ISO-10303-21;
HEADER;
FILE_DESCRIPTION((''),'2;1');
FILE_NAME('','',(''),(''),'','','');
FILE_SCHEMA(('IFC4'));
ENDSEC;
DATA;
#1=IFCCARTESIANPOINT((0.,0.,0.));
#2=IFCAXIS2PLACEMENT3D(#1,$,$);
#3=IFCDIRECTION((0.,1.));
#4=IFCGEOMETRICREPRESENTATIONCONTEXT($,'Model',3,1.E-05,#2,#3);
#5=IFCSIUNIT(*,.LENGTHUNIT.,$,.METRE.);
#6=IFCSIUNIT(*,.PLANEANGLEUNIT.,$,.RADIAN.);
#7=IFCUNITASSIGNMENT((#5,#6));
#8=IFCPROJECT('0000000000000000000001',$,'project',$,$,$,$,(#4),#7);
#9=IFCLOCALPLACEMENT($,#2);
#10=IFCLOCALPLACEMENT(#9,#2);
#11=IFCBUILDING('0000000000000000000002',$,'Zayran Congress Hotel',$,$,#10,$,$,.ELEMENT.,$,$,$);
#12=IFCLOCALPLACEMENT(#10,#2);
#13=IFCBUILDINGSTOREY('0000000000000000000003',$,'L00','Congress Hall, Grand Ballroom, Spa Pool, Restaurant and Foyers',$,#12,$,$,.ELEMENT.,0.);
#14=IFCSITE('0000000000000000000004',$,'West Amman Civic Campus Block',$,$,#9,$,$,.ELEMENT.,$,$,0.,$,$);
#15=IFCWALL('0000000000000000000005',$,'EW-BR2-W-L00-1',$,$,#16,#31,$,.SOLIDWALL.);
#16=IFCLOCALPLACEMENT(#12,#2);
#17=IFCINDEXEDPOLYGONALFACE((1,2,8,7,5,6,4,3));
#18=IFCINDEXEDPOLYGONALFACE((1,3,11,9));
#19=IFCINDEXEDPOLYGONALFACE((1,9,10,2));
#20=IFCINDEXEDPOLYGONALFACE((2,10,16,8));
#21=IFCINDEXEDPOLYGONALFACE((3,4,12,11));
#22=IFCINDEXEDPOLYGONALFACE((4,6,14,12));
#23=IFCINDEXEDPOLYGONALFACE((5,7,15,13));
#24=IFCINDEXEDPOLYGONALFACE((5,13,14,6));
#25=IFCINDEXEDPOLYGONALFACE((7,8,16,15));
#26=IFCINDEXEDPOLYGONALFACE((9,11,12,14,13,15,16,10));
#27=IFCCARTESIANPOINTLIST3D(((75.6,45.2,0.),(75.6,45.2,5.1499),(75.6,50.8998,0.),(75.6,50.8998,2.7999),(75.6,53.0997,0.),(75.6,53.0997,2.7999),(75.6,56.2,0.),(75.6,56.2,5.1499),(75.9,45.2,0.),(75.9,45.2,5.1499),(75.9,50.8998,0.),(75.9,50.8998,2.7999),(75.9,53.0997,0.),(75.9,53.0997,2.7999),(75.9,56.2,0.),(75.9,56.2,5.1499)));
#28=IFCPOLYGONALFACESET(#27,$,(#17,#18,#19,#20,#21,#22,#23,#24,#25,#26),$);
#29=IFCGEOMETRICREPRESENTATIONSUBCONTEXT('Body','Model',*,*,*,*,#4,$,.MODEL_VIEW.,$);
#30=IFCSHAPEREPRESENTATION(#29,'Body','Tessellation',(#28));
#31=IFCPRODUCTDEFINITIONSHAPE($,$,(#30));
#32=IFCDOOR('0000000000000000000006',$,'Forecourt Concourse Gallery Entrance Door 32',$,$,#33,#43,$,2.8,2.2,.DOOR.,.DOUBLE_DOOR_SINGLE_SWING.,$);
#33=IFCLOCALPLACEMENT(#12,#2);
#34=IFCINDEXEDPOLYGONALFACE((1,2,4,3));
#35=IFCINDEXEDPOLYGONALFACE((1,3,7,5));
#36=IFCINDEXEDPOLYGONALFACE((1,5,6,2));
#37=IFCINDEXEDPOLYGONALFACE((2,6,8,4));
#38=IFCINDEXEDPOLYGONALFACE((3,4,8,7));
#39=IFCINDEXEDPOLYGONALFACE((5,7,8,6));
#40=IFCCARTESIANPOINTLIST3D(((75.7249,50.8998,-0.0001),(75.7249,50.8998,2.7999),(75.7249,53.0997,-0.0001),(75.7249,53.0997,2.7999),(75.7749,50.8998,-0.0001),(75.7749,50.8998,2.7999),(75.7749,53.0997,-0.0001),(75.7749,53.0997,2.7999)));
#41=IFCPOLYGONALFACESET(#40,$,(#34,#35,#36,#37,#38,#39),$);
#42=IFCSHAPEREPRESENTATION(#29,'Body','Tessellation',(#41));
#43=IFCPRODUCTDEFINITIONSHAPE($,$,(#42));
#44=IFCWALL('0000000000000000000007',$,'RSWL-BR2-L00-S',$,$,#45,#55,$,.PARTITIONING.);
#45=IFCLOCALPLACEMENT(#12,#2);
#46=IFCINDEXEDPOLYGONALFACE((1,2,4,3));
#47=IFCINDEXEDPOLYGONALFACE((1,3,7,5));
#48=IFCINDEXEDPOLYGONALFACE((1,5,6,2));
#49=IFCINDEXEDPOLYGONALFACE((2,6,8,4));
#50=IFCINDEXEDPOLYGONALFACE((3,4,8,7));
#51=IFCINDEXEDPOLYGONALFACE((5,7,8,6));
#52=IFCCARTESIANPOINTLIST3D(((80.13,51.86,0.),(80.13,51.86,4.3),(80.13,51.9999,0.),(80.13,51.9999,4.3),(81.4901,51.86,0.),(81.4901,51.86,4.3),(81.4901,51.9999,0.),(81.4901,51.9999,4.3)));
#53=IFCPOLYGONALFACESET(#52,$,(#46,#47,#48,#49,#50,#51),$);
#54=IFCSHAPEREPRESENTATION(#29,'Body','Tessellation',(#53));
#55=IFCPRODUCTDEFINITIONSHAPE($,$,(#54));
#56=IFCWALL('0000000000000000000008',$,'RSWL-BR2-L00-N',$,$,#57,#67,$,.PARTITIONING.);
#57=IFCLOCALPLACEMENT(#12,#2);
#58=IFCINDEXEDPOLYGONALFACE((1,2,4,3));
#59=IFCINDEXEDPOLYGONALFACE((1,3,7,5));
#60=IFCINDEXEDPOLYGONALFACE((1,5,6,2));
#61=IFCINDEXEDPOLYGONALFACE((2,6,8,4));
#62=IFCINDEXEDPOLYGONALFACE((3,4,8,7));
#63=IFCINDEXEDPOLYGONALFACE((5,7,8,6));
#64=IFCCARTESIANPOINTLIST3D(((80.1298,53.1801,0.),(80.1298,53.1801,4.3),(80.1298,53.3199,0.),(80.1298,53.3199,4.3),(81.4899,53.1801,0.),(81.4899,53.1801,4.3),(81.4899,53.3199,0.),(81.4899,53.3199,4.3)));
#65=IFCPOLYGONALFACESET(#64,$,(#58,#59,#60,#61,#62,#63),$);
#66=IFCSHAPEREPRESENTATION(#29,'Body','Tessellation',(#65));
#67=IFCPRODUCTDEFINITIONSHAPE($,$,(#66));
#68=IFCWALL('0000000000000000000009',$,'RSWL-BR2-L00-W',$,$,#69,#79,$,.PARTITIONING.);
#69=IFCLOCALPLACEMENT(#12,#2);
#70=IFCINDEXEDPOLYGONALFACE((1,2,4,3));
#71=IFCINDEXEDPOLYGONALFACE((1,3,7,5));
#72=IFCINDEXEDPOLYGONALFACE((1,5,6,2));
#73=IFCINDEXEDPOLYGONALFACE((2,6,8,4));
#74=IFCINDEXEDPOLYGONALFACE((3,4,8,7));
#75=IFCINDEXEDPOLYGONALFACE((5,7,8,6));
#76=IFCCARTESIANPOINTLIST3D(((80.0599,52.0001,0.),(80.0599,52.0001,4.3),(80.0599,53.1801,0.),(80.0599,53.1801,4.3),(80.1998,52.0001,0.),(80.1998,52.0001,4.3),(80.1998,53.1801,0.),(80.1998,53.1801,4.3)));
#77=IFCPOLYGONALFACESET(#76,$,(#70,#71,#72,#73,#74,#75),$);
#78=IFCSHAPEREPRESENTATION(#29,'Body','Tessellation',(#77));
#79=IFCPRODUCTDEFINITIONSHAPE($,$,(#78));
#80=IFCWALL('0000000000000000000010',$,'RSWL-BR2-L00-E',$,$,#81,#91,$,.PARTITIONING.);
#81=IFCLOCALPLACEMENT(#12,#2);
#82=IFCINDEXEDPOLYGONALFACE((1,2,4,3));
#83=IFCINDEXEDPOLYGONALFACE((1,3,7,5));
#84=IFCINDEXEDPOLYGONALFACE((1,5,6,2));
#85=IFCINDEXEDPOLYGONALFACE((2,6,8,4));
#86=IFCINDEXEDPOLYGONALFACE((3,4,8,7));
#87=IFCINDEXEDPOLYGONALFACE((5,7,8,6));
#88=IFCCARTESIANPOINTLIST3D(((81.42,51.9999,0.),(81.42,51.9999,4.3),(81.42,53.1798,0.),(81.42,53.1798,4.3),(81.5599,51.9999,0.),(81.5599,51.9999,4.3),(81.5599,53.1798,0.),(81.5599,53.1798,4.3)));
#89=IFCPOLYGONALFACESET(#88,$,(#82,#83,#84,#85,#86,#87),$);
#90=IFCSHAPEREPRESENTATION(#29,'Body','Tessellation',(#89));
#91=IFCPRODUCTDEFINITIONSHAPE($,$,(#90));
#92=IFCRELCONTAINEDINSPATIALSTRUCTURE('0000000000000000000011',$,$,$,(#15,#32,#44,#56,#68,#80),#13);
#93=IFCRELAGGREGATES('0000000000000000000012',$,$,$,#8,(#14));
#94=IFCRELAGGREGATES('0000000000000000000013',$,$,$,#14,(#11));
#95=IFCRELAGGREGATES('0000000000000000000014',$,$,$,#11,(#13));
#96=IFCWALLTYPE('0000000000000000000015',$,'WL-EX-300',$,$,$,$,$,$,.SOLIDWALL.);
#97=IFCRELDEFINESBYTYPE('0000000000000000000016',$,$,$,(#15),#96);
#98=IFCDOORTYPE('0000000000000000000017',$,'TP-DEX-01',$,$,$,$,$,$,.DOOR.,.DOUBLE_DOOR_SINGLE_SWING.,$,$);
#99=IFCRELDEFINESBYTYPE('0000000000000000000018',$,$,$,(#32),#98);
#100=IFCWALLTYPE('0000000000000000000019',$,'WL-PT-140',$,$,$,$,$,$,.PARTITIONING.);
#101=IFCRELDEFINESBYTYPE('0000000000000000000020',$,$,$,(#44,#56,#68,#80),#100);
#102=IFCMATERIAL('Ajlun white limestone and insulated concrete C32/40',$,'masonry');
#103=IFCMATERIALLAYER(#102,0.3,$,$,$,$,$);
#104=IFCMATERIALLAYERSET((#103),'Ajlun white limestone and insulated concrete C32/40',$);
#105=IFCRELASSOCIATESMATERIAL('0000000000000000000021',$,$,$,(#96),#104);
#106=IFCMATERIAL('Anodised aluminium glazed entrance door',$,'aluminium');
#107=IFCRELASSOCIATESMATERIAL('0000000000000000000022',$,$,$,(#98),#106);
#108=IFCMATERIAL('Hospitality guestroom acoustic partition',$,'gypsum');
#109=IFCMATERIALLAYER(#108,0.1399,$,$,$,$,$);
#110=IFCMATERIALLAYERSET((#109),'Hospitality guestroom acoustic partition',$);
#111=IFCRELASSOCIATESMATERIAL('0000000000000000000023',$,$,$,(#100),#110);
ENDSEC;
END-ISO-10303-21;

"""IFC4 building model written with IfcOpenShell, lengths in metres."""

from ifc_helpers import new_model, si_unit, direction, frame, frame_2d, origin, place, context, subcontext, project, spatial, rectangle, extrude, material, layer, layer_set, type_object, element, fill, save


model = new_model("IFC4")

# Units and contexts
model_context = context("Model", 3, precision=1e-05, world=origin(), true_north=direction((0.0, 1.0)))
body_context = subcontext(model_context, "Body", "Model", "MODEL_VIEW")
ifc_project = project(units=[si_unit("LENGTHUNIT", "METRE"), si_unit("PLANEANGLEUNIT", "RADIAN")], contexts=[model_context])

# Site, building, storey
site_placement = place(None, origin())
site = spatial("IfcSite", under=ifc_project, at=site_placement, Name="West Amman Civic Campus Block", CompositionType="ELEMENT", RefElevation=0.0)
building_placement = place(site_placement, origin())
building = spatial("IfcBuilding", under=site, at=building_placement, Name="Zayran Congress Hotel", CompositionType="ELEMENT")
storey_placement = place(building_placement, origin())
storey = spatial("IfcBuildingStorey", under=building, at=storey_placement, Name="L00", Description="Congress Hall, Grand Ballroom, Spa Pool, Restaurant and Foyers", CompositionType="ELEMENT", Elevation=0.0)

# Wall, opening, door
ifc_material_1 = material(Name="Ajlun white limestone and insulated concrete C32/40", Category="masonry")
ifc_layer_1 = layer(ifc_material_1, 0.3)
ifc_layer_set_1 = layer_set([ifc_layer_1], Name="Ajlun white limestone and insulated concrete C32/40")
wall_type_1 = type_object("IfcWallType", Name="WL-EX-300", PredefinedType="SOLIDWALL", material=ifc_layer_set_1)
wall_placement = place(storey_placement, frame((75.75, 56.2, 0.0), z_axis=(0.0, 0.0, 1.0), x_axis=(0.0, -1.0, 0.0)))
wall = element("IfcWall", 1, at=wall_placement, inside=storey, type_object=wall_type_1, Name="EW-BR2-W-L00-1", PredefinedType="SOLIDWALL", context=body_context, shape_type="SweptSolid", body=[
    extrude(rectangle(XDim=11.0, YDim=0.3, at=frame_2d((5.5, 0.0))), origin(), (0.0, 0.0, 1.0), 5.1499),
])
opening_placement = place(wall_placement, frame((3.1001, 0.0, 0.0)))
opening = element("IfcOpeningElement", 2, at=opening_placement, cuts=wall, PredefinedType="OPENING", context=body_context, shape_type="SweptSolid", body=[
    extrude(rectangle(XDim=2.2, YDim=2.8, at=frame_2d((1.1001, 1.3999))), frame((0.0, 0.1599, 0.0), z_axis=(0.0, -1.0, 0.0), x_axis=(1.0, 0.0, 0.0)), (0.0, 0.0, 1.0), 0.3201),
])
ifc_material_2 = material(Name="Anodised aluminium glazed entrance door", Category="aluminium")
door_type = type_object("IfcDoorType", Name="TP-DEX-01", OperationType="DOUBLE_DOOR_SINGLE_SWING", PredefinedType="DOOR", material=ifc_material_2)
door_placement = place(opening_placement, origin())
door = element("IfcDoor", 3, at=door_placement, inside=storey, type_object=door_type, Name="Forecourt Concourse Gallery Entrance Door 32", OperationType="DOUBLE_DOOR_SINGLE_SWING", OverallHeight=2.8, OverallWidth=2.2, PredefinedType="DOOR", context=body_context, shape_type="SweptSolid", body=[
    extrude(rectangle(XDim=2.2, YDim=2.8, at=frame_2d((1.1001, 1.3999))), frame((0.0, 0.0249, 0.0), z_axis=(0.0, -1.0, 0.0), x_axis=(1.0, 0.0, 0.0)), (0.0, 0.0, 1.0), 0.05),
])
fill(opening, door)

# Walls
ifc_material_3 = material(Name="Hospitality guestroom acoustic partition", Category="gypsum")
ifc_layer_2 = layer(ifc_material_3, 0.1399)
ifc_layer_set_2 = layer_set([ifc_layer_2], Name="Hospitality guestroom acoustic partition")
wall_type_2 = type_object("IfcWallType", Name="WL-PT-140", PredefinedType="PARTITIONING", material=ifc_layer_set_2)
for number, where, z_axis, x_axis, name in (
    (4, (80.1299, 51.9299, 0.0), (0.0, 0.0, 1.0), (1.0, 0.0, 0.0), "RSWL-BR2-L00-S"),
    (5, (81.49, 53.25, 0.0), (0.0, 0.0, 1.0), (-1.0, 0.0, 0.0), "RSWL-BR2-L00-N"),
):
    element("IfcWall", number, at=place(storey_placement, frame(where, z_axis=z_axis, x_axis=x_axis)), inside=storey, type_object=wall_type_2, Name=name, PredefinedType="PARTITIONING", context=body_context, shape_type="SweptSolid", body=[
        extrude(rectangle(XDim=1.3601, YDim=0.1399, at=frame_2d((0.6802, 0.0))), origin(), (0.0, 0.0, 1.0), 4.3),
    ])
for number, where, z_axis, x_axis, name in (
    (6, (80.1299, 53.1799, 0.0), (0.0, 0.0, 1.0), (0.0, -1.0, 0.0), "RSWL-BR2-L00-W"),
    (7, (81.49, 52.0, 0.0), (0.0, 0.0, 1.0), (0.0, 1.0, 0.0), "RSWL-BR2-L00-E"),
):
    element("IfcWall", number, at=place(storey_placement, frame(where, z_axis=z_axis, x_axis=x_axis)), inside=storey, type_object=wall_type_2, Name=name, PredefinedType="PARTITIONING", context=body_context, shape_type="SweptSolid", body=[
        extrude(rectangle(XDim=1.1799, YDim=0.1399, at=frame_2d((0.5898, 0.0))), origin(), (0.0, 0.0, 1.0), 4.3),
    ])

save(model, "model.ifc")
